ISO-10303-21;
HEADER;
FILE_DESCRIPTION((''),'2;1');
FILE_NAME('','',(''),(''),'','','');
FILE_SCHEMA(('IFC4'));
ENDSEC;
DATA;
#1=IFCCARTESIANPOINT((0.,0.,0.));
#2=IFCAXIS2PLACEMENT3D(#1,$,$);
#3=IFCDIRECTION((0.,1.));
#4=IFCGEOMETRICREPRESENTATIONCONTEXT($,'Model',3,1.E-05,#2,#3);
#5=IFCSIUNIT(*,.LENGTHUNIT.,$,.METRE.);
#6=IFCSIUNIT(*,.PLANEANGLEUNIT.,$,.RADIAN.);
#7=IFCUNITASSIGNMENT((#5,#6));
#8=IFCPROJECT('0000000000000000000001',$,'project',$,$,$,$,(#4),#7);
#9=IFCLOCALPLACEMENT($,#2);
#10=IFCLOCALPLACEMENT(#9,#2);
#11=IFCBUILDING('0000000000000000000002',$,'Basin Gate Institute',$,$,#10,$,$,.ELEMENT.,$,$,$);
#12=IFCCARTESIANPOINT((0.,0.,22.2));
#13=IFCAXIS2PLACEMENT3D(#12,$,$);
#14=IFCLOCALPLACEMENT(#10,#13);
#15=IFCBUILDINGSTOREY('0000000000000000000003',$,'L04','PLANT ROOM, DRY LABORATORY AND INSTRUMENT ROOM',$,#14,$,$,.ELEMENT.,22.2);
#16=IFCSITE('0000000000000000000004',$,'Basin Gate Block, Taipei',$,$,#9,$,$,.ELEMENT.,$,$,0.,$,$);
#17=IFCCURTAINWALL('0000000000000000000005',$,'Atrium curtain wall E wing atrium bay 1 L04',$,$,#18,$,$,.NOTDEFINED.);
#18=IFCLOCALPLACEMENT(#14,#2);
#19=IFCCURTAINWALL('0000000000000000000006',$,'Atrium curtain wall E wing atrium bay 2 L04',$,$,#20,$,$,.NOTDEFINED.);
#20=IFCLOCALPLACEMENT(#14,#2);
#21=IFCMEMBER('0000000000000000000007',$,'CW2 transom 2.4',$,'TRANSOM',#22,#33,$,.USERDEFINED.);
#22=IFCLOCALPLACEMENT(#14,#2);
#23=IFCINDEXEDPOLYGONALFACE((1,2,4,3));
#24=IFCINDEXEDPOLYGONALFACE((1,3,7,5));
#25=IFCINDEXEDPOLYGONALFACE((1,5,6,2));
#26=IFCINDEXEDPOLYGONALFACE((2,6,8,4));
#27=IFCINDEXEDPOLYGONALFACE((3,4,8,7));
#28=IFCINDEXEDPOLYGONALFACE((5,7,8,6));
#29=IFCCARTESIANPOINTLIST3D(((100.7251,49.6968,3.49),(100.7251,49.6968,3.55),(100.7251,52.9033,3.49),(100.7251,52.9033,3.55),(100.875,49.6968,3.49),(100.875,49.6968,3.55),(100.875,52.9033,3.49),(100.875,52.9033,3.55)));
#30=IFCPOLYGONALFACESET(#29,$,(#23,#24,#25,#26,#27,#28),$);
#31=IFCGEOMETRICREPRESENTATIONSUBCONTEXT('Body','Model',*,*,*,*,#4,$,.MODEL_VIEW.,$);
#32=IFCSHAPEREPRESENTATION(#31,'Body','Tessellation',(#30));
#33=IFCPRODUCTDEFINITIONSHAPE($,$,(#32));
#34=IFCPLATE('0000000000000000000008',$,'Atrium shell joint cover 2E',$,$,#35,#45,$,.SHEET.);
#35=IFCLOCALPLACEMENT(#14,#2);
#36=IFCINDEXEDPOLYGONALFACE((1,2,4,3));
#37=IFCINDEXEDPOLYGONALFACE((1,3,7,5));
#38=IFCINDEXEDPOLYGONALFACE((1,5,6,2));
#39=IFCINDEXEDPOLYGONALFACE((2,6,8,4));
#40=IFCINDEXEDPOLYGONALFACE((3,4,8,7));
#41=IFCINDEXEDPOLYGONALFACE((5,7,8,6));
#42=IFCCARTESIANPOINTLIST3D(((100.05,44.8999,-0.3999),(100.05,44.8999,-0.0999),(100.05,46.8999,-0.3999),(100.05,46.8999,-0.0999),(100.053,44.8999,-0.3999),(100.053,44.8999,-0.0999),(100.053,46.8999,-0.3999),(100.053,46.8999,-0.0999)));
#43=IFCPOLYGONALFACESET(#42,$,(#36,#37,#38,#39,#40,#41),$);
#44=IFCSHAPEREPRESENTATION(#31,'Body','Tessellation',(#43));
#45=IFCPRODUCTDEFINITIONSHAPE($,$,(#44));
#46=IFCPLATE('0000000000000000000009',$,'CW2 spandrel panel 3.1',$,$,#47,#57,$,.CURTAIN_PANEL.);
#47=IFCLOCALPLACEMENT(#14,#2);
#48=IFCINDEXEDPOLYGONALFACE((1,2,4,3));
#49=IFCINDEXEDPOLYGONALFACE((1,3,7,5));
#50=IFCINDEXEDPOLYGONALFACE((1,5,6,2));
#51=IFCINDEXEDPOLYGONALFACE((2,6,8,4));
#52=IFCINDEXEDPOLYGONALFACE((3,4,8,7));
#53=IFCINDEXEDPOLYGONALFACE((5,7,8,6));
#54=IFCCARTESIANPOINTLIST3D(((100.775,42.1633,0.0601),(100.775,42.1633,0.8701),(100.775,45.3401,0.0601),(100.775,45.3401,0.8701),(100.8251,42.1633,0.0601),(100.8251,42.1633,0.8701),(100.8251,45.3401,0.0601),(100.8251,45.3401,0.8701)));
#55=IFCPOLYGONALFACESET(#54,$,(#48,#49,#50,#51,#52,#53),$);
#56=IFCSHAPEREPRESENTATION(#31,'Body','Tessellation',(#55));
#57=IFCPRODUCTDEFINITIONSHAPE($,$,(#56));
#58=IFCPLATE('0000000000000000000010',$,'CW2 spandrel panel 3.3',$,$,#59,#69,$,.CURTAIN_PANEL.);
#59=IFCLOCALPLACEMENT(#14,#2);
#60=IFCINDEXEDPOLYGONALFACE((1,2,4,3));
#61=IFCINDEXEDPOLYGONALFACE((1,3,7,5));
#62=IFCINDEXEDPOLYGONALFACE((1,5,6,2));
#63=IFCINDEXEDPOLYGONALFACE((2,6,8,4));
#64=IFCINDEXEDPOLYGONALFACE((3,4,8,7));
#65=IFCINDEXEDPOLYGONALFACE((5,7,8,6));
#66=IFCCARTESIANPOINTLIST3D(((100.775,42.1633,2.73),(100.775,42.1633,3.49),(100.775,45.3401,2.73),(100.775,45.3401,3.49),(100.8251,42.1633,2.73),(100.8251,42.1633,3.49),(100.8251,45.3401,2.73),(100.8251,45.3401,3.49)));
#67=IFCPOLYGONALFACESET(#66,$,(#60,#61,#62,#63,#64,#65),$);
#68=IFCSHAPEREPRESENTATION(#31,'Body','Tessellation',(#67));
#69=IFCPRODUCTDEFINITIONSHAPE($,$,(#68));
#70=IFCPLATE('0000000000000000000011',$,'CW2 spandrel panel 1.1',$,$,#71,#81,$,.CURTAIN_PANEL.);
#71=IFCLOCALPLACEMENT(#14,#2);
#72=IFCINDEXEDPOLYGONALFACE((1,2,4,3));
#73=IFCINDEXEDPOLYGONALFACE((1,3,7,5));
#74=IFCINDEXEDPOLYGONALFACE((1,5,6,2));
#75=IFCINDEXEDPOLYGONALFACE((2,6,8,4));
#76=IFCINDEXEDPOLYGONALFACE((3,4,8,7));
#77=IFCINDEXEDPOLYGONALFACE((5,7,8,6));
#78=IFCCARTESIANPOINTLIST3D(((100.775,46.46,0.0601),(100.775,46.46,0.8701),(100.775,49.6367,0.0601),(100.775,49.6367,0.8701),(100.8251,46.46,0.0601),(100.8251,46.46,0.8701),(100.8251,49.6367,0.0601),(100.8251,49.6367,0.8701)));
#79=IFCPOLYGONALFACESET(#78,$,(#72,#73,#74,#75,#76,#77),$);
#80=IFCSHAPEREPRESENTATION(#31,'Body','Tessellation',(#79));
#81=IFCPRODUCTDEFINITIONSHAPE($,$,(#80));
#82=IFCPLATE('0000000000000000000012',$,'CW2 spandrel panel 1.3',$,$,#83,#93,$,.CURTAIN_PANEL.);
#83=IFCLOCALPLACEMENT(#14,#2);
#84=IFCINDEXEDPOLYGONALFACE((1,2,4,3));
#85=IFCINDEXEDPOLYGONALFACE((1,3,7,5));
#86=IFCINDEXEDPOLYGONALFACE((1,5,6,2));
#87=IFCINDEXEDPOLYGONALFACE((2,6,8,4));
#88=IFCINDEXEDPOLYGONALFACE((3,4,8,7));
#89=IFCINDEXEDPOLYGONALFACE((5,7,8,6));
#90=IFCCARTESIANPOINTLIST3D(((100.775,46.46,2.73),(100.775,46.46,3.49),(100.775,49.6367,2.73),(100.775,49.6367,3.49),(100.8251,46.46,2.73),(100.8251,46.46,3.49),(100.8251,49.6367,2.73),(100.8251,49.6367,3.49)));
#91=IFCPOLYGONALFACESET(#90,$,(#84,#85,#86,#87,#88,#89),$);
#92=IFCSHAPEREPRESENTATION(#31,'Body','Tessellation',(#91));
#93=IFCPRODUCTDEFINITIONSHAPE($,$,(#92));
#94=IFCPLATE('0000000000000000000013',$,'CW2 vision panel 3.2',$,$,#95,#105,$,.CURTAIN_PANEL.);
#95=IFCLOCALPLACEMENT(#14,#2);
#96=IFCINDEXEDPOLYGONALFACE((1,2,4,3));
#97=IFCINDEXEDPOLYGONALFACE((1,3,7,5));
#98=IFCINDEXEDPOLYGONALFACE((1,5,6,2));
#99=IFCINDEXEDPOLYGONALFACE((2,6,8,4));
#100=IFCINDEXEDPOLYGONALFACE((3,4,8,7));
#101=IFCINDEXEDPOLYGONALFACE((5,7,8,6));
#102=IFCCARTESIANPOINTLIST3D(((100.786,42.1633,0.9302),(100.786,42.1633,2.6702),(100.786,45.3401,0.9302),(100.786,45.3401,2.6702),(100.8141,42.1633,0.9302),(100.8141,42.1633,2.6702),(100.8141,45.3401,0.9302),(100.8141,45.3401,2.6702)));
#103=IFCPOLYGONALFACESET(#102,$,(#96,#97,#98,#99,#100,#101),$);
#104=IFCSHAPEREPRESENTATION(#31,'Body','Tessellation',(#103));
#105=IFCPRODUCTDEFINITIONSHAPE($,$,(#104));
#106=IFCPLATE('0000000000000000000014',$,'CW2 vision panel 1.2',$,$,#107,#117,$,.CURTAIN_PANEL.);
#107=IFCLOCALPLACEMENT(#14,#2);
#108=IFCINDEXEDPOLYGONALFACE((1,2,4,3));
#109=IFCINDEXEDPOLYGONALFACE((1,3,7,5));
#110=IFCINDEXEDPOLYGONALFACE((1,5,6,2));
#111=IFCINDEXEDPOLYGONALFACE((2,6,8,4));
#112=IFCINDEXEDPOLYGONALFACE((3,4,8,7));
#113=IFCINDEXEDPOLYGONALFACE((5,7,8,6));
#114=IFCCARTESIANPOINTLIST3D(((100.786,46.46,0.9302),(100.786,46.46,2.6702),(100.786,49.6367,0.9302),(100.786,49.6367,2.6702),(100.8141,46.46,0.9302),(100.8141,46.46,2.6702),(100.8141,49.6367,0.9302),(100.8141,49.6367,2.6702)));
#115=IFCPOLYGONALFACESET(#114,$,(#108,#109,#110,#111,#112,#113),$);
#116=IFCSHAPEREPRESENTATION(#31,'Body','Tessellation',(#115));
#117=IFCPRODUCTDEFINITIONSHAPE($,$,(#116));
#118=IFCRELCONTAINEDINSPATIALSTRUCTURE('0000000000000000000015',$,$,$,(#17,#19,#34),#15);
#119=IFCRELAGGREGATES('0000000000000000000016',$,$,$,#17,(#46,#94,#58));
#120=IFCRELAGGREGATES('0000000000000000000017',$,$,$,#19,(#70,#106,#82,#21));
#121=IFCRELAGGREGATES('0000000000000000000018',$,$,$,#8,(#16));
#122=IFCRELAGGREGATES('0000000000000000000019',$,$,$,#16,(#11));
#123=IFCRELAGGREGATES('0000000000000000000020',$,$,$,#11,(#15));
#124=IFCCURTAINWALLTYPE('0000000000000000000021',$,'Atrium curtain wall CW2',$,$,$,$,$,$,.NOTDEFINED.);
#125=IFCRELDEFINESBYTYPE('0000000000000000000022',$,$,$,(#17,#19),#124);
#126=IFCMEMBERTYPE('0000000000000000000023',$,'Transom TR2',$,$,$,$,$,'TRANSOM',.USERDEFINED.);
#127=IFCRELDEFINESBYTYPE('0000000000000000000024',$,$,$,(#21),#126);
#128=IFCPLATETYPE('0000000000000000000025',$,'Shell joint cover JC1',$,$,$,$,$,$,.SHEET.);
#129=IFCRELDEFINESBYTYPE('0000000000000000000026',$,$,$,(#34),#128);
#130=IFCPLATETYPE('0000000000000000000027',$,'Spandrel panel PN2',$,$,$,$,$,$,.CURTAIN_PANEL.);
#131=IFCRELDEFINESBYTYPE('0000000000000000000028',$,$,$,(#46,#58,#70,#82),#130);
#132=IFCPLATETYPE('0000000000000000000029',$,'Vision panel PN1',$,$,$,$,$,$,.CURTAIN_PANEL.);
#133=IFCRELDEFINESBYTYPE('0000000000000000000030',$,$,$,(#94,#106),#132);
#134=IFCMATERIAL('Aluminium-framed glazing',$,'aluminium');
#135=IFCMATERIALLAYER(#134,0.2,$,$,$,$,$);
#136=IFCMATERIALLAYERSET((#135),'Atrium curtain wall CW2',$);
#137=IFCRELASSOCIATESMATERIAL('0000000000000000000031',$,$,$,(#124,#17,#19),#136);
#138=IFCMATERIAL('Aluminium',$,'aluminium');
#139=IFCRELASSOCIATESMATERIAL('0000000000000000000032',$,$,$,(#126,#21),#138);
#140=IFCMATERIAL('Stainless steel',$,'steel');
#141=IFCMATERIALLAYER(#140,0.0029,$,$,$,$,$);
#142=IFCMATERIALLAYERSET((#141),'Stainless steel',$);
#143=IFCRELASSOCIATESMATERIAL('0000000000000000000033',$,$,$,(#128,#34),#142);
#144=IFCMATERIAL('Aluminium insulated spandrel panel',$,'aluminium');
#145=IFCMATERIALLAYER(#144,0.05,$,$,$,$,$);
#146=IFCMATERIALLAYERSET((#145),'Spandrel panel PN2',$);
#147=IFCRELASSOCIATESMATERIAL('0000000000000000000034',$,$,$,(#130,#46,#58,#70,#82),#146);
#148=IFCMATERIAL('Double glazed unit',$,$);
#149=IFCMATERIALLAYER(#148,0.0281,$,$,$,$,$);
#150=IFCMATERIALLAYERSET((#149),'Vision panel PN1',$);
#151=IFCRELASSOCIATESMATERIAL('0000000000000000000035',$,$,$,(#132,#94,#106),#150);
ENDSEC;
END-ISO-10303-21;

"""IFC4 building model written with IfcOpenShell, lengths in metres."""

from ifc_helpers import new_model, si_unit, direction, frame, origin, origin_2d, place, context, subcontext, project, spatial, rectangle, extrude, material, layer, layer_set, material_profile, profile_set, type_object, element, aggregate, save


model = new_model("IFC4")

# Units and contexts
model_context = context("Model", 3, precision=1e-05, world=origin(), true_north=direction((0.0, 1.0)))
body_context = subcontext(model_context, "Body", "Model", "MODEL_VIEW")
ifc_project = project(units=[si_unit("LENGTHUNIT", "METRE"), si_unit("PLANEANGLEUNIT", "RADIAN")], contexts=[model_context])

# Site, building, storey
site_placement = place(None, origin())
site = spatial("IfcSite", under=ifc_project, at=site_placement, Name="Basin Gate Block, Taipei", CompositionType="ELEMENT", RefElevation=0.0)
building_placement = place(site_placement, origin())
building = spatial("IfcBuilding", under=site, at=building_placement, Name="Basin Gate Institute", CompositionType="ELEMENT")
storey_placement = place(building_placement, frame((0.0, 0.0, 22.2)))
storey = spatial("IfcBuildingStorey", under=building, at=storey_placement, Name="L04", Description="PLANT ROOM, DRY LABORATORY AND INSTRUMENT ROOM", CompositionType="ELEMENT", Elevation=22.2)

# Curtain wall
ifc_material_1 = material(Name="Aluminium-framed glazing", Category="aluminium")
ifc_layer_1 = layer(ifc_material_1, 0.2)
ifc_layer_set_1 = layer_set([ifc_layer_1], Name="Atrium curtain wall CW2")
curtain_wall_type = type_object("IfcCurtainWallType", Name="Atrium curtain wall CW2", PredefinedType="NOTDEFINED", material=ifc_layer_set_1)
curtain_wall_1_placement = place(storey_placement, origin())
curtain_wall_1 = element("IfcCurtainWall", 1, at=curtain_wall_1_placement, inside=storey, type_object=curtain_wall_type, material=ifc_layer_set_1, Name="Atrium curtain wall E wing atrium bay 1 L04", PredefinedType="NOTDEFINED")

# Curtain wall
curtain_wall_2_placement = place(storey_placement, origin())
curtain_wall_2 = element("IfcCurtainWall", 2, at=curtain_wall_2_placement, inside=storey, type_object=curtain_wall_type, material=ifc_layer_set_1, Name="Atrium curtain wall E wing atrium bay 2 L04", PredefinedType="NOTDEFINED")

# Member
ifc_material_2 = material(Name="Aluminium", Category="aluminium")
ifc_material_profile_1 = material_profile(ifc_material_2, rectangle(XDim=0.1499, YDim=0.0601, at=origin_2d()), Name="Transom TR2 150 x 60")
ifc_profile_set_1 = profile_set([ifc_material_profile_1], Name="Aluminium")
member_type_1 = type_object("IfcMemberType", Name="Transom TR2", ElementType="TRANSOM", PredefinedType="USERDEFINED", material=ifc_profile_set_1)
member_1_placement = place(storey_placement, frame((100.8, 49.6968, 3.52), z_axis=(0.0, 1.0, 0.0), x_axis=(-1.0, 0.0, 0.0)))
member_1 = element("IfcMember", 3, at=member_1_placement, type_object=member_type_1, material=ifc_profile_set_1, Name="CW2 transom 2.4", ObjectType="TRANSOM", PredefinedType="USERDEFINED", context=body_context, shape_type="SweptSolid", body=[
    extrude(rectangle(XDim=0.1499, YDim=0.0601, at=origin_2d()), origin(), (0.0, 0.0, 1.0), 3.2065),
])

# Plates
ifc_material_3 = material(Name="Stainless steel", Category="steel")
ifc_layer_2 = layer(ifc_material_3, 0.0029)
ifc_layer_set_2 = layer_set([ifc_layer_2], Name="Stainless steel")
plate_type_1 = type_object("IfcPlateType", Name="Shell joint cover JC1", PredefinedType="SHEET", material=ifc_layer_set_2)
plate_1_placement = place(storey_placement, frame((100.0515, 45.8999, -0.3999), z_axis=(0.0, 0.0, 1.0), x_axis=(1.0, 0.0, 0.0)))
element("IfcPlate", 4, at=plate_1_placement, inside=storey, type_object=plate_type_1, material=ifc_layer_set_2, Name="Atrium shell joint cover 2E", PredefinedType="SHEET", context=body_context, shape_type="SweptSolid", body=[
    extrude(rectangle(XDim=0.0029, YDim=2.0, at=origin_2d()), origin(), (0.0, 0.0, 1.0), 0.3),
])
ifc_material_4 = material(Name="Aluminium insulated spandrel panel", Category="aluminium")
ifc_layer_3 = layer(ifc_material_4, 0.05)
ifc_layer_set_3 = layer_set([ifc_layer_3], Name="Spandrel panel PN2")
plate_type_2 = type_object("IfcPlateType", Name="Spandrel panel PN2", PredefinedType="CURTAIN_PANEL", material=ifc_layer_set_3)
plate_2_placement = place(storey_placement, frame((100.8, 43.7517, 0.0601), z_axis=(0.0, 0.0, 1.0), x_axis=(0.0, 1.0, 0.0)))
plate_2 = element("IfcPlate", 5, at=plate_2_placement, type_object=plate_type_2, material=ifc_layer_set_3, Name="CW2 spandrel panel 3.1", PredefinedType="CURTAIN_PANEL", context=body_context, shape_type="SweptSolid", body=[
    extrude(rectangle(XDim=3.1768, YDim=0.05, at=origin_2d()), origin(), (0.0, 0.0, 1.0), 0.8101),
])
plate_3_placement = place(storey_placement, frame((100.8, 43.7517, 2.73), z_axis=(0.0, 0.0, 1.0), x_axis=(0.0, 1.0, 0.0)))
plate_3 = element("IfcPlate", 6, at=plate_3_placement, type_object=plate_type_2, material=ifc_layer_set_3, Name="CW2 spandrel panel 3.3", PredefinedType="CURTAIN_PANEL", context=body_context, shape_type="SweptSolid", body=[
    extrude(rectangle(XDim=3.1768, YDim=0.05, at=origin_2d()), origin(), (0.0, 0.0, 1.0), 0.76),
])
plate_4_placement = place(storey_placement, frame((100.8, 48.0483, 0.0601), z_axis=(0.0, 0.0, 1.0), x_axis=(0.0, 1.0, 0.0)))
plate_4 = element("IfcPlate", 7, at=plate_4_placement, type_object=plate_type_2, material=ifc_layer_set_3, Name="CW2 spandrel panel 1.1", PredefinedType="CURTAIN_PANEL", context=body_context, shape_type="SweptSolid", body=[
    extrude(rectangle(XDim=3.1768, YDim=0.05, at=origin_2d()), origin(), (0.0, 0.0, 1.0), 0.8101),
])
plate_5_placement = place(storey_placement, frame((100.8, 48.0483, 2.73), z_axis=(0.0, 0.0, 1.0), x_axis=(0.0, 1.0, 0.0)))
plate_5 = element("IfcPlate", 8, at=plate_5_placement, type_object=plate_type_2, material=ifc_layer_set_3, Name="CW2 spandrel panel 1.3", PredefinedType="CURTAIN_PANEL", context=body_context, shape_type="SweptSolid", body=[
    extrude(rectangle(XDim=3.1768, YDim=0.05, at=origin_2d()), origin(), (0.0, 0.0, 1.0), 0.76),
])
ifc_material_5 = material(Name="Double glazed unit")
ifc_layer_4 = layer(ifc_material_5, 0.0281)
ifc_layer_set_4 = layer_set([ifc_layer_4], Name="Vision panel PN1")
plate_type_3 = type_object("IfcPlateType", Name="Vision panel PN1", PredefinedType="CURTAIN_PANEL", material=ifc_layer_set_4)
plate_6_placement = place(storey_placement, frame((100.8, 43.7517, 0.9302), z_axis=(0.0, 0.0, 1.0), x_axis=(0.0, 1.0, 0.0)))
plate_6 = element("IfcPlate", 9, at=plate_6_placement, type_object=plate_type_3, material=ifc_layer_set_4, Name="CW2 vision panel 3.2", PredefinedType="CURTAIN_PANEL", context=body_context, shape_type="SweptSolid", body=[
    extrude(rectangle(XDim=3.1768, YDim=0.0281, at=origin_2d()), origin(), (0.0, 0.0, 1.0), 1.74),
])
aggregate(curtain_wall_1, [plate_2, plate_6, plate_3])
plate_7_placement = place(storey_placement, frame((100.8, 48.0483, 0.9302), z_axis=(0.0, 0.0, 1.0), x_axis=(0.0, 1.0, 0.0)))
plate_7 = element("IfcPlate", 10, at=plate_7_placement, type_object=plate_type_3, material=ifc_layer_set_4, Name="CW2 vision panel 1.2", PredefinedType="CURTAIN_PANEL", context=body_context, shape_type="SweptSolid", body=[
    extrude(rectangle(XDim=3.1768, YDim=0.0281, at=origin_2d()), origin(), (0.0, 0.0, 1.0), 1.74),
])
aggregate(curtain_wall_2, [plate_4, plate_7, plate_5, member_1])

save(model, "model.ifc")
